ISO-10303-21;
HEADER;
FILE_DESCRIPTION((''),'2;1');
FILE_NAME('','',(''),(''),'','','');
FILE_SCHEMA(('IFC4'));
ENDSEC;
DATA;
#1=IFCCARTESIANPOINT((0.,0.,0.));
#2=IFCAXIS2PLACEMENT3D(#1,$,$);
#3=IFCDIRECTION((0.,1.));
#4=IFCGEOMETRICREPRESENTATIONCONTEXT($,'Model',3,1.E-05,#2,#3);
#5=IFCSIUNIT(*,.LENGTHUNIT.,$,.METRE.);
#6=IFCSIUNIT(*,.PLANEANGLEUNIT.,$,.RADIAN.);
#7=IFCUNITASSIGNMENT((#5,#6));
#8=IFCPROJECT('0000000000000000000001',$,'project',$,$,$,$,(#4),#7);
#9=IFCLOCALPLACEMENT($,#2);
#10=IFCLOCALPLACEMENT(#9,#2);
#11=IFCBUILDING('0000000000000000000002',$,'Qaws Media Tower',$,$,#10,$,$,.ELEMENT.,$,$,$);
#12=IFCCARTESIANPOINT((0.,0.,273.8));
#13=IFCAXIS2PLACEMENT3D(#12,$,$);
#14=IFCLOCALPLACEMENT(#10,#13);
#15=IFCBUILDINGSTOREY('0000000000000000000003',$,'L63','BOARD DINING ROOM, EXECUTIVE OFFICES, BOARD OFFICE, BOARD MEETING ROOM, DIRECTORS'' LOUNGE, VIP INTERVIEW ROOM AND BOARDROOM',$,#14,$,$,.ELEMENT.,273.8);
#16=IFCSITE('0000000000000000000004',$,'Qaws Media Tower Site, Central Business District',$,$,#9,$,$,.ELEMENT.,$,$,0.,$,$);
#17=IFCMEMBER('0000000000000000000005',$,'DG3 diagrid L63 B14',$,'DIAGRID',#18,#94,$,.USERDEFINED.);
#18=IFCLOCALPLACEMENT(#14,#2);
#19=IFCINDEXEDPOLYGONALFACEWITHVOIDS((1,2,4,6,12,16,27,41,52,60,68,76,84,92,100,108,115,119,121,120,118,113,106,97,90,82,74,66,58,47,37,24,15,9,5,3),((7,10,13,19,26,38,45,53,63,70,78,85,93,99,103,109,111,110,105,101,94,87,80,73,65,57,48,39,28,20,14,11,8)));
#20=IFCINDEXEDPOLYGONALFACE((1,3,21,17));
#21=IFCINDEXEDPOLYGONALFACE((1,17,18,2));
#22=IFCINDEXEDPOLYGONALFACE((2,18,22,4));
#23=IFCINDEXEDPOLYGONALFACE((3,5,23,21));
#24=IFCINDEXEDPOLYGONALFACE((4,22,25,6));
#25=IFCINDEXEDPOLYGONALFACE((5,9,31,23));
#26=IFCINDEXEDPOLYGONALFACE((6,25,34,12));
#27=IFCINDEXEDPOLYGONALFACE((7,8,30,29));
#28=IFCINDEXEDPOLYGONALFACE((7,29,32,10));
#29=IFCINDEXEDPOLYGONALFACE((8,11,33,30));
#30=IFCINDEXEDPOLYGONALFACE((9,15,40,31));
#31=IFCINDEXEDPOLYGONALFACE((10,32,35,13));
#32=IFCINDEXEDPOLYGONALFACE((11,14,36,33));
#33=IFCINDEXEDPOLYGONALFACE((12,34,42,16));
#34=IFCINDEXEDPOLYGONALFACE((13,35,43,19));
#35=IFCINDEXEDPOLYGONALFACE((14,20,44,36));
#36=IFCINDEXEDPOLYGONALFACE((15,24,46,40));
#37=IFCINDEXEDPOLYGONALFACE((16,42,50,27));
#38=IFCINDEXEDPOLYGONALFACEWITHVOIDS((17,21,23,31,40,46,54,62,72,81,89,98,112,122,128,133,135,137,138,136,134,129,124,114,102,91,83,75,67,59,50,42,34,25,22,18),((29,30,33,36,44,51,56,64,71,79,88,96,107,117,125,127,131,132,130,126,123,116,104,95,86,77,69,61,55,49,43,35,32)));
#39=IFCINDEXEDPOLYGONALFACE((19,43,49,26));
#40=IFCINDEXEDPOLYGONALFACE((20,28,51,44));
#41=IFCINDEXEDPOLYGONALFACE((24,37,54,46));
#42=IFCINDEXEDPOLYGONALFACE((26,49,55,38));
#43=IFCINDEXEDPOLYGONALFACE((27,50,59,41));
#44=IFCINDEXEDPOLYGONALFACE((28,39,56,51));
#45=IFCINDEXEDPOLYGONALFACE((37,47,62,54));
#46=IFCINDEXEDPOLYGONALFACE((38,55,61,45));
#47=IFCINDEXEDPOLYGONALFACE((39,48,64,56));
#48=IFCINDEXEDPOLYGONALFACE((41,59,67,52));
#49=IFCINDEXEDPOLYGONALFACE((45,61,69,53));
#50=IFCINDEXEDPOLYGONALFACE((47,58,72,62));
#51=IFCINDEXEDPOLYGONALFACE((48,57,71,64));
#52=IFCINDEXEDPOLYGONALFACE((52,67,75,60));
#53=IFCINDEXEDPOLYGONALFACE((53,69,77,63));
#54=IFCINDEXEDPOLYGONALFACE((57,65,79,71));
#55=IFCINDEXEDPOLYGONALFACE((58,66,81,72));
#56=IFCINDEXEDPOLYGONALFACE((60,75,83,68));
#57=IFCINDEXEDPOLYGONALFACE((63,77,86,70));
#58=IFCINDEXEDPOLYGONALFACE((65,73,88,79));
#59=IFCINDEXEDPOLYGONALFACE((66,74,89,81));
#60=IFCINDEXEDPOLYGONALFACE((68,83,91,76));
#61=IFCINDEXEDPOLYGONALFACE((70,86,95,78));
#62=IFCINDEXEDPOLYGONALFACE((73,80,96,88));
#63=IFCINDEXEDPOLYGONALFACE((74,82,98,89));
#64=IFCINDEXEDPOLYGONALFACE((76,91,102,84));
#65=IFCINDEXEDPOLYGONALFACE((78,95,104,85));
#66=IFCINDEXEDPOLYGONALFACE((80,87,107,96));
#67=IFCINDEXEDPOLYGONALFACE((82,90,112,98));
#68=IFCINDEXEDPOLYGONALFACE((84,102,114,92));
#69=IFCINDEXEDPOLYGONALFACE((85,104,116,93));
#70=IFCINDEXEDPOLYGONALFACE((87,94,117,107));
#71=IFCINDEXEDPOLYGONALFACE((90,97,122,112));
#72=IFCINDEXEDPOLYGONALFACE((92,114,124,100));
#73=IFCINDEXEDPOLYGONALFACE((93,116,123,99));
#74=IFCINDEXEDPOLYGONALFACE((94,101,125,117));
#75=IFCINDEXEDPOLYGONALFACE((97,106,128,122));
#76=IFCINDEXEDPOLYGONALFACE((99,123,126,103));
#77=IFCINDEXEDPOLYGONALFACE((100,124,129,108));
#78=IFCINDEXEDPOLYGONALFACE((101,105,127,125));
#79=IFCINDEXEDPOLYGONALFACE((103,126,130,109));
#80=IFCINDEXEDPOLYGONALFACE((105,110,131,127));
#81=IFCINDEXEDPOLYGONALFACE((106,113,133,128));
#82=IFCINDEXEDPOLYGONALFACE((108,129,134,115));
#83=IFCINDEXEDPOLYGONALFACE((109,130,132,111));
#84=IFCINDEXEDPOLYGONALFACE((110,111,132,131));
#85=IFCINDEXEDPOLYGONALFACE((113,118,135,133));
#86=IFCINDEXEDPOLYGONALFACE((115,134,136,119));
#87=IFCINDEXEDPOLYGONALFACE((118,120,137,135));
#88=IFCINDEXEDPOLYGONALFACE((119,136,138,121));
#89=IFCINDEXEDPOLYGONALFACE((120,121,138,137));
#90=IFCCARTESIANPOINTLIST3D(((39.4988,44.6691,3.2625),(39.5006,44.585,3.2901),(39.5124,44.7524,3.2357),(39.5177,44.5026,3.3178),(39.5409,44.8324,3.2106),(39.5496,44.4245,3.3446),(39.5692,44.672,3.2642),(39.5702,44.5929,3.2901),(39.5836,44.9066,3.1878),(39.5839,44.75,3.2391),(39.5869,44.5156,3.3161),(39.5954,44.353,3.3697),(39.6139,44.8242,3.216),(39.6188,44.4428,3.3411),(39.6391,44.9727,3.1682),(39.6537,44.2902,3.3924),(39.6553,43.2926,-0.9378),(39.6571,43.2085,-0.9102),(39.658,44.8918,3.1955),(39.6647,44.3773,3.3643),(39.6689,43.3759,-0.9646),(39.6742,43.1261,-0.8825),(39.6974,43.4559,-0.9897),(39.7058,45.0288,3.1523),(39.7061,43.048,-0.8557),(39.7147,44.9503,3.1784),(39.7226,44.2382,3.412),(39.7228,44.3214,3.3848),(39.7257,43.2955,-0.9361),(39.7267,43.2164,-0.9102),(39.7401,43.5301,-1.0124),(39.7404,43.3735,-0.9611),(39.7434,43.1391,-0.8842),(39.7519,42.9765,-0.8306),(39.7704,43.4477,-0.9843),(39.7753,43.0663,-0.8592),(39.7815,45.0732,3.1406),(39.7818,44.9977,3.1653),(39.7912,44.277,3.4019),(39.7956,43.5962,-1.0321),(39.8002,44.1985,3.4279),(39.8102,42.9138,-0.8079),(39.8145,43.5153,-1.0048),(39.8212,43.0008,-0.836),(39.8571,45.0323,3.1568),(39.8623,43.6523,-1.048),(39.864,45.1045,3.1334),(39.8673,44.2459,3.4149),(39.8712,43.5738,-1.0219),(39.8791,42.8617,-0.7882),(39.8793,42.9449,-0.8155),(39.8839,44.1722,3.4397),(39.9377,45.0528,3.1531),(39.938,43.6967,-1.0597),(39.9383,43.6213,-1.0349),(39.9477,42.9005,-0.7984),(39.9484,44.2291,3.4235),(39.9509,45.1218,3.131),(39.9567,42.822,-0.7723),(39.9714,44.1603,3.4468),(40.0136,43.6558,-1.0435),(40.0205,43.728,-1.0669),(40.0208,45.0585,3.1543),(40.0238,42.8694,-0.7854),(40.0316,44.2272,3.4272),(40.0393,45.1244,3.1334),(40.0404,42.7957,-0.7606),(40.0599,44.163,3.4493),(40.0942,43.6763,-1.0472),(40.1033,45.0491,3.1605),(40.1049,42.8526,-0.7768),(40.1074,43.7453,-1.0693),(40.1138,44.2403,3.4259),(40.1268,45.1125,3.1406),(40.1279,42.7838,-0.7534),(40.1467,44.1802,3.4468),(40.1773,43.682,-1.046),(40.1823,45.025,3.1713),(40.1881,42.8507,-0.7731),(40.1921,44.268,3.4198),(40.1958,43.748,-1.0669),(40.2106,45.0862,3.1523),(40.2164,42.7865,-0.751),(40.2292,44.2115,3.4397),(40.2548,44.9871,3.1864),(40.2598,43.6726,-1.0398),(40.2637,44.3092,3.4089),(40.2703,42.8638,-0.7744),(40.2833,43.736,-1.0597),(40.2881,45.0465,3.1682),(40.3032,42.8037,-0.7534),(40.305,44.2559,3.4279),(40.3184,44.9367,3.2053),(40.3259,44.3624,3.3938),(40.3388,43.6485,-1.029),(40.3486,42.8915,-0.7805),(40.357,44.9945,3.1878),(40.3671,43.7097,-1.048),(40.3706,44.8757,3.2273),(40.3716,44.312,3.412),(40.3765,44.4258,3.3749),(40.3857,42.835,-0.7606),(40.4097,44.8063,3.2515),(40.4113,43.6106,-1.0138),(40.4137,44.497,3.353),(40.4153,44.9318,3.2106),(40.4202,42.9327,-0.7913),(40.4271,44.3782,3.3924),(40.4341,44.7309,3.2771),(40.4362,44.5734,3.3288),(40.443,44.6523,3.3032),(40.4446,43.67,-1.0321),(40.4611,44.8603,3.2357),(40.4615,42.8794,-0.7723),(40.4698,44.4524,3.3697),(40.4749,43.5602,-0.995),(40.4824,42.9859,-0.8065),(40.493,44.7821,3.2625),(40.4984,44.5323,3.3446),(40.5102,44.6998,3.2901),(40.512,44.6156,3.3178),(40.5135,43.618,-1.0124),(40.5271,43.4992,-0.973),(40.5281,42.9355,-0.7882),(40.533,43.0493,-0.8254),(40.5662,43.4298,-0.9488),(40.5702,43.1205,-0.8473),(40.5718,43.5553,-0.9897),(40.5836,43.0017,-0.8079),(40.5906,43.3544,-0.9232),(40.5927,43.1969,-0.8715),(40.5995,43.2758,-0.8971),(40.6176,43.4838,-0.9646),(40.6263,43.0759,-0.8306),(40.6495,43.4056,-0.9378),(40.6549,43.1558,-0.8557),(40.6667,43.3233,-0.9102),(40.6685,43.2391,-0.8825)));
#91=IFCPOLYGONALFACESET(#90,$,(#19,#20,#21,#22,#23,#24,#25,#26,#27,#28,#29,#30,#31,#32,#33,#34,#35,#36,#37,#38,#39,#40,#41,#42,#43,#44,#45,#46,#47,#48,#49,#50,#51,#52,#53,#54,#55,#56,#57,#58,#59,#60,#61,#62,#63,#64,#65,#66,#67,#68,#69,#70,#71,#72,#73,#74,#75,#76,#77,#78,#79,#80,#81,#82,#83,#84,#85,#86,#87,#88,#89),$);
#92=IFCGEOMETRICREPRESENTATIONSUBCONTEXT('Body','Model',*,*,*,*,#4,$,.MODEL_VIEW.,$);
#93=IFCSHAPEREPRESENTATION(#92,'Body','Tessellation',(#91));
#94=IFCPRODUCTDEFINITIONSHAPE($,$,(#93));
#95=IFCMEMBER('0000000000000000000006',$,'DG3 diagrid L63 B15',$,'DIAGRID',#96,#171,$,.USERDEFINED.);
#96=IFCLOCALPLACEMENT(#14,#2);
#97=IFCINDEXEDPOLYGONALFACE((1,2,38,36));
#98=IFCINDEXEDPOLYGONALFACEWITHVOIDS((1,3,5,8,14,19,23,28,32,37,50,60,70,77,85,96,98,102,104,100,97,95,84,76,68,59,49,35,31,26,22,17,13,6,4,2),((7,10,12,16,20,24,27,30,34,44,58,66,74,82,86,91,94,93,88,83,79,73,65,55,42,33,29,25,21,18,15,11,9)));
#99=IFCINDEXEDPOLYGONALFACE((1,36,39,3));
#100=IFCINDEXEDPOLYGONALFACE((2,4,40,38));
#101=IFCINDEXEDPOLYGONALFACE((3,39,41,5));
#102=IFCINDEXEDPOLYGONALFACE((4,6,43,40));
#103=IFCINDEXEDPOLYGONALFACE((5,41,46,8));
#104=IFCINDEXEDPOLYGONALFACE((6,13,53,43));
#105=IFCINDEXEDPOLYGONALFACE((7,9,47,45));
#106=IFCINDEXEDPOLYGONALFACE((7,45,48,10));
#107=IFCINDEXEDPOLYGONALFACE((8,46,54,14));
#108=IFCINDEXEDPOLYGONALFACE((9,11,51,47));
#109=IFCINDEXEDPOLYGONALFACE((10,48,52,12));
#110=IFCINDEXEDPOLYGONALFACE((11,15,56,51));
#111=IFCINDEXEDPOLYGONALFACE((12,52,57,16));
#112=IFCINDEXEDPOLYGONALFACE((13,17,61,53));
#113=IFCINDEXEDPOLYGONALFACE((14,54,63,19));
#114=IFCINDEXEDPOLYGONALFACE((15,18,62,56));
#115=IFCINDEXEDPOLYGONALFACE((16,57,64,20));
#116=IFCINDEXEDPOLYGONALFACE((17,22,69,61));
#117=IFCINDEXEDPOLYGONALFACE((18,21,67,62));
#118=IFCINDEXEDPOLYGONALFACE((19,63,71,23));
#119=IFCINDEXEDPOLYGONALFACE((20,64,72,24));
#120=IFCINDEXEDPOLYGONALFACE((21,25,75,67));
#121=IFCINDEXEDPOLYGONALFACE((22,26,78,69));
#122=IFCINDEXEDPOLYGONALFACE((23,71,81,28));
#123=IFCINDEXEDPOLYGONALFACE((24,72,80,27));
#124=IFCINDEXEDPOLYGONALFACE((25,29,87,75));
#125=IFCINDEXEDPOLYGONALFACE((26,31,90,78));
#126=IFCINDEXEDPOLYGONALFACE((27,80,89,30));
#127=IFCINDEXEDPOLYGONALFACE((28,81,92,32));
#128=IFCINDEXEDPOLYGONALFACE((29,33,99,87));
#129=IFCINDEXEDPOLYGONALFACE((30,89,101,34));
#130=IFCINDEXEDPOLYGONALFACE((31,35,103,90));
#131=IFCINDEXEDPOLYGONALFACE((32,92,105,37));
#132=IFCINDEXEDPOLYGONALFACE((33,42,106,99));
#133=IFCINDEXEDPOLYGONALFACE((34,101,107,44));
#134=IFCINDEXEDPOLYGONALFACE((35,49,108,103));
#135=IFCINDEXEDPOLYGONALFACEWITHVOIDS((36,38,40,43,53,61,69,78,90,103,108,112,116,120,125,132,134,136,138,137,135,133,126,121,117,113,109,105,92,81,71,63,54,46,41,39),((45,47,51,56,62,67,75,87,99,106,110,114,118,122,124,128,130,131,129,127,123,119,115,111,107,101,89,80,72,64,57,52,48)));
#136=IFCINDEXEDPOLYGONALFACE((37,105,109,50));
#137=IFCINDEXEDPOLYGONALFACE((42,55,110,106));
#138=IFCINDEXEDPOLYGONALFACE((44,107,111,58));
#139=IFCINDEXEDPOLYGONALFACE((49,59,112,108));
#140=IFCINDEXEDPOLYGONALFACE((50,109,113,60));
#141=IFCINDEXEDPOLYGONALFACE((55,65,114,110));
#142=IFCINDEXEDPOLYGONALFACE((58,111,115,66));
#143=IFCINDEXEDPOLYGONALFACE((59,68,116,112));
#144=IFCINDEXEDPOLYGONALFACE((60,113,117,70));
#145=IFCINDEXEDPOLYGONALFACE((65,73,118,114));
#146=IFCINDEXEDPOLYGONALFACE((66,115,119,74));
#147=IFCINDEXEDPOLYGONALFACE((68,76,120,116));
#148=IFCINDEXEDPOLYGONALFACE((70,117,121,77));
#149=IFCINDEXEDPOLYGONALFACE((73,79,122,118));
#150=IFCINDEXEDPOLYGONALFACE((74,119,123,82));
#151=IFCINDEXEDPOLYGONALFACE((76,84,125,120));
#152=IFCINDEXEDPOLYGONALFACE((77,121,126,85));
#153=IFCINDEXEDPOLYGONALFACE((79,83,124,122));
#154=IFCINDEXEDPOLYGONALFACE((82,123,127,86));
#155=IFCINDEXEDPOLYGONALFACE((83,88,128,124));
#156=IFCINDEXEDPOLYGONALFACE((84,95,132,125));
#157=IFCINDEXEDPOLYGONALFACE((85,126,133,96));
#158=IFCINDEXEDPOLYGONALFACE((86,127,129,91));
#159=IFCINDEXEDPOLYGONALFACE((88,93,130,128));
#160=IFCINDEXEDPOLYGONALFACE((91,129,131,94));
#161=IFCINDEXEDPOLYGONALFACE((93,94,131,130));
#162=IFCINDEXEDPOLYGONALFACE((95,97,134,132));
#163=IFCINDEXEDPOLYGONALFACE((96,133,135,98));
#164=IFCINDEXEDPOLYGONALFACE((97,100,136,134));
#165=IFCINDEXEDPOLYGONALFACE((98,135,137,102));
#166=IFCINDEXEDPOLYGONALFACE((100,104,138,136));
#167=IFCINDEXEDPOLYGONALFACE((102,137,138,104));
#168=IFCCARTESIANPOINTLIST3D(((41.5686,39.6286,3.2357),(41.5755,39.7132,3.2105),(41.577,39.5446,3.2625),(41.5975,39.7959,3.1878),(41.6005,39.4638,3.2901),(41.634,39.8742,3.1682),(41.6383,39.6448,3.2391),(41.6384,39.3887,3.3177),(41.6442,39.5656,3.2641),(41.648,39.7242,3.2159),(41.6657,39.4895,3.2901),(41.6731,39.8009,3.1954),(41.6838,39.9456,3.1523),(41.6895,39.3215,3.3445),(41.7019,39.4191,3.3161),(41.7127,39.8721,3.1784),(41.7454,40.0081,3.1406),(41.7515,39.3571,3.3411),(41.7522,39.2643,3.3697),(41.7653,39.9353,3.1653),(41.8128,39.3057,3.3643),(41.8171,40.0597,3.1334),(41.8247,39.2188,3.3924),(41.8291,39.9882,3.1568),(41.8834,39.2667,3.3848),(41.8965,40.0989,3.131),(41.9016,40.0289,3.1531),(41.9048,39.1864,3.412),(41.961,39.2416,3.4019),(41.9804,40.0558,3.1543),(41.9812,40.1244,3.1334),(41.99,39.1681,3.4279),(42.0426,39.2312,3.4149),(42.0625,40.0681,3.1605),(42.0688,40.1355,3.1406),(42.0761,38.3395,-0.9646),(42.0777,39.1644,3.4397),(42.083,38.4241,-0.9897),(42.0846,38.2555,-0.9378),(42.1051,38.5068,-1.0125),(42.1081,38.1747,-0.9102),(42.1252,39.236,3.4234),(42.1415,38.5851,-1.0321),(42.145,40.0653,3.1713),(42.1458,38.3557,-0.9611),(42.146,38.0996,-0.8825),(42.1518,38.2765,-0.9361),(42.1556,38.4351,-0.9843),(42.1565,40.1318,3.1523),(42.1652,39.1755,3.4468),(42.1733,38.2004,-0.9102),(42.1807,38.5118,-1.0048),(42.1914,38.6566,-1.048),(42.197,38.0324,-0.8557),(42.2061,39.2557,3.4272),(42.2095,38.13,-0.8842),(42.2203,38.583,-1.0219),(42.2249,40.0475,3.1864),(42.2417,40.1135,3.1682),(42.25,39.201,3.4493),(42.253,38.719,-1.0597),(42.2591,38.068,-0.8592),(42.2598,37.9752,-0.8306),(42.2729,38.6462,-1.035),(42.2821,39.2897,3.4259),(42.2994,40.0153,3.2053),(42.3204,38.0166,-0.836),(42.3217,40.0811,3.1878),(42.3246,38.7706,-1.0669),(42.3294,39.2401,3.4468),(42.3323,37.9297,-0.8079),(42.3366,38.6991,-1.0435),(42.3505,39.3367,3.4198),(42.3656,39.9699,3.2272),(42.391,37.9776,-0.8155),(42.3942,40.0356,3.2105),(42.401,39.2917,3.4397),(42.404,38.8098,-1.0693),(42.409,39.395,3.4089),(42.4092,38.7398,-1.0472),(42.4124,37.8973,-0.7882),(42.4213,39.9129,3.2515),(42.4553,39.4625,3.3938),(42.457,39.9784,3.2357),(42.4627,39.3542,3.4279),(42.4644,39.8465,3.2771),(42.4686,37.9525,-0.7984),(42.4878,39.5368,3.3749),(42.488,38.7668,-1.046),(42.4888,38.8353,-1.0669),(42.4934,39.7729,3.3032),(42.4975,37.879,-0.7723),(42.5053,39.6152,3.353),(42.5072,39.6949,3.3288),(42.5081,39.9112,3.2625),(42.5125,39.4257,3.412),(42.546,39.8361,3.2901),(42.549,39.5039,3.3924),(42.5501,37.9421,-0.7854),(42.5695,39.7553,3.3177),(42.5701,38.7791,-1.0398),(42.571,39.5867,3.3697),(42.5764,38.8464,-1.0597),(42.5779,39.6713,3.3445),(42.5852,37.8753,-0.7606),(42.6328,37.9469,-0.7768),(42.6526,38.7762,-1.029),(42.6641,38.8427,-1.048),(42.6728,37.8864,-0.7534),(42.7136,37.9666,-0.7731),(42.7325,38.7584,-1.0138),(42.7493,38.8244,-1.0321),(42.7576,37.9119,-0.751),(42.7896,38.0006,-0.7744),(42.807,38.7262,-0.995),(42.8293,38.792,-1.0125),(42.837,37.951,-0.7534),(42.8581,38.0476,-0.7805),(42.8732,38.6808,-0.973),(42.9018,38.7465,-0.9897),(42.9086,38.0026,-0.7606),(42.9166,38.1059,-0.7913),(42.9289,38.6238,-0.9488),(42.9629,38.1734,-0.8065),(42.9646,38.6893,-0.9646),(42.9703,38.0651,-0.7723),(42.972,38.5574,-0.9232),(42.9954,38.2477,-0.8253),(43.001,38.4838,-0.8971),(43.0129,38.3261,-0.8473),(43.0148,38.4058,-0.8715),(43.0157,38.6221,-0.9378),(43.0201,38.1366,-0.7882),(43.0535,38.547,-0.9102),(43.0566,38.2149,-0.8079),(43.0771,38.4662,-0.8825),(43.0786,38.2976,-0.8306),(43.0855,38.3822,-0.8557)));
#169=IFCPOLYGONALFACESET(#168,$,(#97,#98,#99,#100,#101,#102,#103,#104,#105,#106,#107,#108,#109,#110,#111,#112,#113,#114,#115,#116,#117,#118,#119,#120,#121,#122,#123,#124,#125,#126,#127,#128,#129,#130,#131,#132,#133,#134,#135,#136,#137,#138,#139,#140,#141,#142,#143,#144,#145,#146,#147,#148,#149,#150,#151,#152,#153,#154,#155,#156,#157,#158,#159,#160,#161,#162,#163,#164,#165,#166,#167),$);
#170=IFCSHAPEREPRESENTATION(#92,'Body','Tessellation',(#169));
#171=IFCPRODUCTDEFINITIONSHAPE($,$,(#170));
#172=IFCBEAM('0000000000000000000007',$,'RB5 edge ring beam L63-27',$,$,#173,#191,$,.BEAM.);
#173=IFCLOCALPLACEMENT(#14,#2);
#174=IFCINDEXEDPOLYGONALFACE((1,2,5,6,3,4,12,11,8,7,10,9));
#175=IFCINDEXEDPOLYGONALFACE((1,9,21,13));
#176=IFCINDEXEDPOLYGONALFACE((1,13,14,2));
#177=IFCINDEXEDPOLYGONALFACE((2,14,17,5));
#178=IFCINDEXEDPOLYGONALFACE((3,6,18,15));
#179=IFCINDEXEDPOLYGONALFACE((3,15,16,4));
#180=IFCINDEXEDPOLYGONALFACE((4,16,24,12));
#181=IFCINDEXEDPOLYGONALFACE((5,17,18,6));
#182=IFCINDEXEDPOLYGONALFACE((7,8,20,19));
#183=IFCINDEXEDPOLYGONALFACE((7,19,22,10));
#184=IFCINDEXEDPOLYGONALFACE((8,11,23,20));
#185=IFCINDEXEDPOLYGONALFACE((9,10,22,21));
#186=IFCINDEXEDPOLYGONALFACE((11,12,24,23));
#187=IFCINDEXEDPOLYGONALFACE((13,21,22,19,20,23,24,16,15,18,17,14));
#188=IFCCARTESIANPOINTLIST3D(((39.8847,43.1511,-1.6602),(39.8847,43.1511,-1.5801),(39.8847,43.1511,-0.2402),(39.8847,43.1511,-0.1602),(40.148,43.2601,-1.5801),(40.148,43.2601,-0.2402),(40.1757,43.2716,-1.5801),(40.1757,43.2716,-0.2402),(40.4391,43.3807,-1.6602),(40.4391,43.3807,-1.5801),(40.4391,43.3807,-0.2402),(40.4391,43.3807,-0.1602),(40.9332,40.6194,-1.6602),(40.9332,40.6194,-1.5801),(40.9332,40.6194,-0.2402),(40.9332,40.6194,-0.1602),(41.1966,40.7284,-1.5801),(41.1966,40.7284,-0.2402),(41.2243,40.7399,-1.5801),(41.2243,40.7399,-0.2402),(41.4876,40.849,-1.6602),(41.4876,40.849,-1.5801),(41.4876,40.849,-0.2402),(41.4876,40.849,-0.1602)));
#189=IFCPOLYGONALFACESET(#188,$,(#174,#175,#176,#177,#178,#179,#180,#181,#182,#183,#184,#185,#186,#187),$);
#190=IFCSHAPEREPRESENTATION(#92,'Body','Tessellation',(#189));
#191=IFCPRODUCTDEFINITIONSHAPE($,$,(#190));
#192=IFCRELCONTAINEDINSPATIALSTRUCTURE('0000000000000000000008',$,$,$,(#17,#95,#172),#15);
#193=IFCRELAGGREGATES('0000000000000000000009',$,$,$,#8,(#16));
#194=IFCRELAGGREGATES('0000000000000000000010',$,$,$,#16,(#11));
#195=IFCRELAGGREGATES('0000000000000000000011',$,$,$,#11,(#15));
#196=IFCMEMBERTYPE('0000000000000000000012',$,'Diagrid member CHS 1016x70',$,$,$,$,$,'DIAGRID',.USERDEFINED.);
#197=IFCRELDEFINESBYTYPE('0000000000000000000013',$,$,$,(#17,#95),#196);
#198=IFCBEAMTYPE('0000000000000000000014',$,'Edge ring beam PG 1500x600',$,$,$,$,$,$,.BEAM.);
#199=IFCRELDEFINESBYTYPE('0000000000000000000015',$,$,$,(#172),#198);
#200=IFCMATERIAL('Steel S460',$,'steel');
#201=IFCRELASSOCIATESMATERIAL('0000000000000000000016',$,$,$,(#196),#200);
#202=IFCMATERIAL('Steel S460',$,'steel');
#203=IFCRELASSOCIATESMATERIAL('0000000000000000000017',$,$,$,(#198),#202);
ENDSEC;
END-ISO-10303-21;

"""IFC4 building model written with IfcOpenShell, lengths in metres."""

from ifc_helpers import new_model, si_unit, direction, frame, origin, origin_2d, place, context, subcontext, project, spatial, hollow_circle, i_section, extrude, material, material_profile, profile_set, type_object, element, save


model = new_model("IFC4")

# Units and contexts
model_context = context("Model", 3, precision=1e-05, world=origin(), true_north=direction((0.0, 1.0)))
body_context = subcontext(model_context, "Body", "Model", "MODEL_VIEW")
ifc_project = project(units=[si_unit("LENGTHUNIT", "METRE"), si_unit("PLANEANGLEUNIT", "RADIAN")], contexts=[model_context])

# Site, building, storey
site_placement = place(None, origin())
site = spatial("IfcSite", under=ifc_project, at=site_placement, Name="Qaws Media Tower Site, Central Business District", CompositionType="ELEMENT", RefElevation=0.0)
building_placement = place(site_placement, origin())
building = spatial("IfcBuilding", under=site, at=building_placement, Name="Qaws Media Tower", CompositionType="ELEMENT")
storey_placement = place(building_placement, frame((0.0, 0.0, 273.8)))
storey = spatial("IfcBuildingStorey", under=building, at=storey_placement, Name="L63", Description="BOARD DINING ROOM, EXECUTIVE OFFICES, BOARD OFFICE, BOARD MEETING ROOM, DIRECTORS' LOUNGE, VIP INTERVIEW ROOM AND BOARDROOM", CompositionType="ELEMENT", Elevation=273.8)

# Members
ifc_material_1 = material(Name="Steel S460", Category="steel")
ifc_material_profile_1 = material_profile(ifc_material_1, hollow_circle(Radius=0.5081, WallThickness=0.0701, at=origin_2d()), Name="CHS 1016x70")
ifc_profile_set_1 = profile_set([ifc_material_profile_1], Name="Steel S460")
member_type_1 = type_object("IfcMemberType", Name="Diagrid member CHS 1016x70", ElementType="DIAGRID", PredefinedType="USERDEFINED", material=ifc_profile_set_1)
for number, where, z_axis, x_axis, name in (
    (1, (40.1619, 43.2659, -0.9102), (-0.035384, 0.311223, 0.949678), (-0.993599, -0.112965, 0.0), "DG3 diagrid L63 B14"),
    (2, (42.5808, 38.3608, -0.9102), (-0.114762, 0.29146, 0.949674), (-0.930468, -0.366372, 0.0), "DG3 diagrid L63 B15"),
):
    element("IfcMember", number, at=place(storey_placement, frame(where, z_axis=z_axis, x_axis=x_axis)), inside=storey, type_object=member_type_1, Name=name, ObjectType="DIAGRID", PredefinedType="USERDEFINED", context=body_context, shape_type="SweptSolid", body=[
        extrude(hollow_circle(Radius=0.5081, WallThickness=0.0701, at=origin_2d()), origin(), (0.0, 0.0, 1.0), 4.4229),
    ])

# Beam
ifc_material_2 = material(Name="Steel S460", Category="steel")
ifc_material_profile_2 = material_profile(ifc_material_2, i_section(OverallWidth=0.6001, OverallDepth=1.5, WebThickness=0.03, FlangeThickness=0.0801, at=origin_2d()), Name="PG 1500x600")
ifc_profile_set_2 = profile_set([ifc_material_profile_2], Name="Steel S460")
beam_type = type_object("IfcBeamType", Name="Edge ring beam PG 1500x600", PredefinedType="BEAM", material=ifc_profile_set_2)
beam_1_placement = place(storey_placement, frame((40.1619, 43.2659, -0.9102), z_axis=(0.382653, -0.923892, 0.0), x_axis=(0.923892, 0.382653, 0.0)))
element("IfcBeam", 3, at=beam_1_placement, inside=storey, type_object=beam_type, Name="RB5 edge ring beam L63-27", PredefinedType="BEAM", context=body_context, shape_type="SweptSolid", body=[
    extrude(i_section(OverallWidth=0.6001, OverallDepth=1.5, WebThickness=0.03, FlangeThickness=0.0801, at=origin_2d()), origin(), (0.0, 0.0, 1.0), 2.7402),
])

save(model, "model.ifc")
